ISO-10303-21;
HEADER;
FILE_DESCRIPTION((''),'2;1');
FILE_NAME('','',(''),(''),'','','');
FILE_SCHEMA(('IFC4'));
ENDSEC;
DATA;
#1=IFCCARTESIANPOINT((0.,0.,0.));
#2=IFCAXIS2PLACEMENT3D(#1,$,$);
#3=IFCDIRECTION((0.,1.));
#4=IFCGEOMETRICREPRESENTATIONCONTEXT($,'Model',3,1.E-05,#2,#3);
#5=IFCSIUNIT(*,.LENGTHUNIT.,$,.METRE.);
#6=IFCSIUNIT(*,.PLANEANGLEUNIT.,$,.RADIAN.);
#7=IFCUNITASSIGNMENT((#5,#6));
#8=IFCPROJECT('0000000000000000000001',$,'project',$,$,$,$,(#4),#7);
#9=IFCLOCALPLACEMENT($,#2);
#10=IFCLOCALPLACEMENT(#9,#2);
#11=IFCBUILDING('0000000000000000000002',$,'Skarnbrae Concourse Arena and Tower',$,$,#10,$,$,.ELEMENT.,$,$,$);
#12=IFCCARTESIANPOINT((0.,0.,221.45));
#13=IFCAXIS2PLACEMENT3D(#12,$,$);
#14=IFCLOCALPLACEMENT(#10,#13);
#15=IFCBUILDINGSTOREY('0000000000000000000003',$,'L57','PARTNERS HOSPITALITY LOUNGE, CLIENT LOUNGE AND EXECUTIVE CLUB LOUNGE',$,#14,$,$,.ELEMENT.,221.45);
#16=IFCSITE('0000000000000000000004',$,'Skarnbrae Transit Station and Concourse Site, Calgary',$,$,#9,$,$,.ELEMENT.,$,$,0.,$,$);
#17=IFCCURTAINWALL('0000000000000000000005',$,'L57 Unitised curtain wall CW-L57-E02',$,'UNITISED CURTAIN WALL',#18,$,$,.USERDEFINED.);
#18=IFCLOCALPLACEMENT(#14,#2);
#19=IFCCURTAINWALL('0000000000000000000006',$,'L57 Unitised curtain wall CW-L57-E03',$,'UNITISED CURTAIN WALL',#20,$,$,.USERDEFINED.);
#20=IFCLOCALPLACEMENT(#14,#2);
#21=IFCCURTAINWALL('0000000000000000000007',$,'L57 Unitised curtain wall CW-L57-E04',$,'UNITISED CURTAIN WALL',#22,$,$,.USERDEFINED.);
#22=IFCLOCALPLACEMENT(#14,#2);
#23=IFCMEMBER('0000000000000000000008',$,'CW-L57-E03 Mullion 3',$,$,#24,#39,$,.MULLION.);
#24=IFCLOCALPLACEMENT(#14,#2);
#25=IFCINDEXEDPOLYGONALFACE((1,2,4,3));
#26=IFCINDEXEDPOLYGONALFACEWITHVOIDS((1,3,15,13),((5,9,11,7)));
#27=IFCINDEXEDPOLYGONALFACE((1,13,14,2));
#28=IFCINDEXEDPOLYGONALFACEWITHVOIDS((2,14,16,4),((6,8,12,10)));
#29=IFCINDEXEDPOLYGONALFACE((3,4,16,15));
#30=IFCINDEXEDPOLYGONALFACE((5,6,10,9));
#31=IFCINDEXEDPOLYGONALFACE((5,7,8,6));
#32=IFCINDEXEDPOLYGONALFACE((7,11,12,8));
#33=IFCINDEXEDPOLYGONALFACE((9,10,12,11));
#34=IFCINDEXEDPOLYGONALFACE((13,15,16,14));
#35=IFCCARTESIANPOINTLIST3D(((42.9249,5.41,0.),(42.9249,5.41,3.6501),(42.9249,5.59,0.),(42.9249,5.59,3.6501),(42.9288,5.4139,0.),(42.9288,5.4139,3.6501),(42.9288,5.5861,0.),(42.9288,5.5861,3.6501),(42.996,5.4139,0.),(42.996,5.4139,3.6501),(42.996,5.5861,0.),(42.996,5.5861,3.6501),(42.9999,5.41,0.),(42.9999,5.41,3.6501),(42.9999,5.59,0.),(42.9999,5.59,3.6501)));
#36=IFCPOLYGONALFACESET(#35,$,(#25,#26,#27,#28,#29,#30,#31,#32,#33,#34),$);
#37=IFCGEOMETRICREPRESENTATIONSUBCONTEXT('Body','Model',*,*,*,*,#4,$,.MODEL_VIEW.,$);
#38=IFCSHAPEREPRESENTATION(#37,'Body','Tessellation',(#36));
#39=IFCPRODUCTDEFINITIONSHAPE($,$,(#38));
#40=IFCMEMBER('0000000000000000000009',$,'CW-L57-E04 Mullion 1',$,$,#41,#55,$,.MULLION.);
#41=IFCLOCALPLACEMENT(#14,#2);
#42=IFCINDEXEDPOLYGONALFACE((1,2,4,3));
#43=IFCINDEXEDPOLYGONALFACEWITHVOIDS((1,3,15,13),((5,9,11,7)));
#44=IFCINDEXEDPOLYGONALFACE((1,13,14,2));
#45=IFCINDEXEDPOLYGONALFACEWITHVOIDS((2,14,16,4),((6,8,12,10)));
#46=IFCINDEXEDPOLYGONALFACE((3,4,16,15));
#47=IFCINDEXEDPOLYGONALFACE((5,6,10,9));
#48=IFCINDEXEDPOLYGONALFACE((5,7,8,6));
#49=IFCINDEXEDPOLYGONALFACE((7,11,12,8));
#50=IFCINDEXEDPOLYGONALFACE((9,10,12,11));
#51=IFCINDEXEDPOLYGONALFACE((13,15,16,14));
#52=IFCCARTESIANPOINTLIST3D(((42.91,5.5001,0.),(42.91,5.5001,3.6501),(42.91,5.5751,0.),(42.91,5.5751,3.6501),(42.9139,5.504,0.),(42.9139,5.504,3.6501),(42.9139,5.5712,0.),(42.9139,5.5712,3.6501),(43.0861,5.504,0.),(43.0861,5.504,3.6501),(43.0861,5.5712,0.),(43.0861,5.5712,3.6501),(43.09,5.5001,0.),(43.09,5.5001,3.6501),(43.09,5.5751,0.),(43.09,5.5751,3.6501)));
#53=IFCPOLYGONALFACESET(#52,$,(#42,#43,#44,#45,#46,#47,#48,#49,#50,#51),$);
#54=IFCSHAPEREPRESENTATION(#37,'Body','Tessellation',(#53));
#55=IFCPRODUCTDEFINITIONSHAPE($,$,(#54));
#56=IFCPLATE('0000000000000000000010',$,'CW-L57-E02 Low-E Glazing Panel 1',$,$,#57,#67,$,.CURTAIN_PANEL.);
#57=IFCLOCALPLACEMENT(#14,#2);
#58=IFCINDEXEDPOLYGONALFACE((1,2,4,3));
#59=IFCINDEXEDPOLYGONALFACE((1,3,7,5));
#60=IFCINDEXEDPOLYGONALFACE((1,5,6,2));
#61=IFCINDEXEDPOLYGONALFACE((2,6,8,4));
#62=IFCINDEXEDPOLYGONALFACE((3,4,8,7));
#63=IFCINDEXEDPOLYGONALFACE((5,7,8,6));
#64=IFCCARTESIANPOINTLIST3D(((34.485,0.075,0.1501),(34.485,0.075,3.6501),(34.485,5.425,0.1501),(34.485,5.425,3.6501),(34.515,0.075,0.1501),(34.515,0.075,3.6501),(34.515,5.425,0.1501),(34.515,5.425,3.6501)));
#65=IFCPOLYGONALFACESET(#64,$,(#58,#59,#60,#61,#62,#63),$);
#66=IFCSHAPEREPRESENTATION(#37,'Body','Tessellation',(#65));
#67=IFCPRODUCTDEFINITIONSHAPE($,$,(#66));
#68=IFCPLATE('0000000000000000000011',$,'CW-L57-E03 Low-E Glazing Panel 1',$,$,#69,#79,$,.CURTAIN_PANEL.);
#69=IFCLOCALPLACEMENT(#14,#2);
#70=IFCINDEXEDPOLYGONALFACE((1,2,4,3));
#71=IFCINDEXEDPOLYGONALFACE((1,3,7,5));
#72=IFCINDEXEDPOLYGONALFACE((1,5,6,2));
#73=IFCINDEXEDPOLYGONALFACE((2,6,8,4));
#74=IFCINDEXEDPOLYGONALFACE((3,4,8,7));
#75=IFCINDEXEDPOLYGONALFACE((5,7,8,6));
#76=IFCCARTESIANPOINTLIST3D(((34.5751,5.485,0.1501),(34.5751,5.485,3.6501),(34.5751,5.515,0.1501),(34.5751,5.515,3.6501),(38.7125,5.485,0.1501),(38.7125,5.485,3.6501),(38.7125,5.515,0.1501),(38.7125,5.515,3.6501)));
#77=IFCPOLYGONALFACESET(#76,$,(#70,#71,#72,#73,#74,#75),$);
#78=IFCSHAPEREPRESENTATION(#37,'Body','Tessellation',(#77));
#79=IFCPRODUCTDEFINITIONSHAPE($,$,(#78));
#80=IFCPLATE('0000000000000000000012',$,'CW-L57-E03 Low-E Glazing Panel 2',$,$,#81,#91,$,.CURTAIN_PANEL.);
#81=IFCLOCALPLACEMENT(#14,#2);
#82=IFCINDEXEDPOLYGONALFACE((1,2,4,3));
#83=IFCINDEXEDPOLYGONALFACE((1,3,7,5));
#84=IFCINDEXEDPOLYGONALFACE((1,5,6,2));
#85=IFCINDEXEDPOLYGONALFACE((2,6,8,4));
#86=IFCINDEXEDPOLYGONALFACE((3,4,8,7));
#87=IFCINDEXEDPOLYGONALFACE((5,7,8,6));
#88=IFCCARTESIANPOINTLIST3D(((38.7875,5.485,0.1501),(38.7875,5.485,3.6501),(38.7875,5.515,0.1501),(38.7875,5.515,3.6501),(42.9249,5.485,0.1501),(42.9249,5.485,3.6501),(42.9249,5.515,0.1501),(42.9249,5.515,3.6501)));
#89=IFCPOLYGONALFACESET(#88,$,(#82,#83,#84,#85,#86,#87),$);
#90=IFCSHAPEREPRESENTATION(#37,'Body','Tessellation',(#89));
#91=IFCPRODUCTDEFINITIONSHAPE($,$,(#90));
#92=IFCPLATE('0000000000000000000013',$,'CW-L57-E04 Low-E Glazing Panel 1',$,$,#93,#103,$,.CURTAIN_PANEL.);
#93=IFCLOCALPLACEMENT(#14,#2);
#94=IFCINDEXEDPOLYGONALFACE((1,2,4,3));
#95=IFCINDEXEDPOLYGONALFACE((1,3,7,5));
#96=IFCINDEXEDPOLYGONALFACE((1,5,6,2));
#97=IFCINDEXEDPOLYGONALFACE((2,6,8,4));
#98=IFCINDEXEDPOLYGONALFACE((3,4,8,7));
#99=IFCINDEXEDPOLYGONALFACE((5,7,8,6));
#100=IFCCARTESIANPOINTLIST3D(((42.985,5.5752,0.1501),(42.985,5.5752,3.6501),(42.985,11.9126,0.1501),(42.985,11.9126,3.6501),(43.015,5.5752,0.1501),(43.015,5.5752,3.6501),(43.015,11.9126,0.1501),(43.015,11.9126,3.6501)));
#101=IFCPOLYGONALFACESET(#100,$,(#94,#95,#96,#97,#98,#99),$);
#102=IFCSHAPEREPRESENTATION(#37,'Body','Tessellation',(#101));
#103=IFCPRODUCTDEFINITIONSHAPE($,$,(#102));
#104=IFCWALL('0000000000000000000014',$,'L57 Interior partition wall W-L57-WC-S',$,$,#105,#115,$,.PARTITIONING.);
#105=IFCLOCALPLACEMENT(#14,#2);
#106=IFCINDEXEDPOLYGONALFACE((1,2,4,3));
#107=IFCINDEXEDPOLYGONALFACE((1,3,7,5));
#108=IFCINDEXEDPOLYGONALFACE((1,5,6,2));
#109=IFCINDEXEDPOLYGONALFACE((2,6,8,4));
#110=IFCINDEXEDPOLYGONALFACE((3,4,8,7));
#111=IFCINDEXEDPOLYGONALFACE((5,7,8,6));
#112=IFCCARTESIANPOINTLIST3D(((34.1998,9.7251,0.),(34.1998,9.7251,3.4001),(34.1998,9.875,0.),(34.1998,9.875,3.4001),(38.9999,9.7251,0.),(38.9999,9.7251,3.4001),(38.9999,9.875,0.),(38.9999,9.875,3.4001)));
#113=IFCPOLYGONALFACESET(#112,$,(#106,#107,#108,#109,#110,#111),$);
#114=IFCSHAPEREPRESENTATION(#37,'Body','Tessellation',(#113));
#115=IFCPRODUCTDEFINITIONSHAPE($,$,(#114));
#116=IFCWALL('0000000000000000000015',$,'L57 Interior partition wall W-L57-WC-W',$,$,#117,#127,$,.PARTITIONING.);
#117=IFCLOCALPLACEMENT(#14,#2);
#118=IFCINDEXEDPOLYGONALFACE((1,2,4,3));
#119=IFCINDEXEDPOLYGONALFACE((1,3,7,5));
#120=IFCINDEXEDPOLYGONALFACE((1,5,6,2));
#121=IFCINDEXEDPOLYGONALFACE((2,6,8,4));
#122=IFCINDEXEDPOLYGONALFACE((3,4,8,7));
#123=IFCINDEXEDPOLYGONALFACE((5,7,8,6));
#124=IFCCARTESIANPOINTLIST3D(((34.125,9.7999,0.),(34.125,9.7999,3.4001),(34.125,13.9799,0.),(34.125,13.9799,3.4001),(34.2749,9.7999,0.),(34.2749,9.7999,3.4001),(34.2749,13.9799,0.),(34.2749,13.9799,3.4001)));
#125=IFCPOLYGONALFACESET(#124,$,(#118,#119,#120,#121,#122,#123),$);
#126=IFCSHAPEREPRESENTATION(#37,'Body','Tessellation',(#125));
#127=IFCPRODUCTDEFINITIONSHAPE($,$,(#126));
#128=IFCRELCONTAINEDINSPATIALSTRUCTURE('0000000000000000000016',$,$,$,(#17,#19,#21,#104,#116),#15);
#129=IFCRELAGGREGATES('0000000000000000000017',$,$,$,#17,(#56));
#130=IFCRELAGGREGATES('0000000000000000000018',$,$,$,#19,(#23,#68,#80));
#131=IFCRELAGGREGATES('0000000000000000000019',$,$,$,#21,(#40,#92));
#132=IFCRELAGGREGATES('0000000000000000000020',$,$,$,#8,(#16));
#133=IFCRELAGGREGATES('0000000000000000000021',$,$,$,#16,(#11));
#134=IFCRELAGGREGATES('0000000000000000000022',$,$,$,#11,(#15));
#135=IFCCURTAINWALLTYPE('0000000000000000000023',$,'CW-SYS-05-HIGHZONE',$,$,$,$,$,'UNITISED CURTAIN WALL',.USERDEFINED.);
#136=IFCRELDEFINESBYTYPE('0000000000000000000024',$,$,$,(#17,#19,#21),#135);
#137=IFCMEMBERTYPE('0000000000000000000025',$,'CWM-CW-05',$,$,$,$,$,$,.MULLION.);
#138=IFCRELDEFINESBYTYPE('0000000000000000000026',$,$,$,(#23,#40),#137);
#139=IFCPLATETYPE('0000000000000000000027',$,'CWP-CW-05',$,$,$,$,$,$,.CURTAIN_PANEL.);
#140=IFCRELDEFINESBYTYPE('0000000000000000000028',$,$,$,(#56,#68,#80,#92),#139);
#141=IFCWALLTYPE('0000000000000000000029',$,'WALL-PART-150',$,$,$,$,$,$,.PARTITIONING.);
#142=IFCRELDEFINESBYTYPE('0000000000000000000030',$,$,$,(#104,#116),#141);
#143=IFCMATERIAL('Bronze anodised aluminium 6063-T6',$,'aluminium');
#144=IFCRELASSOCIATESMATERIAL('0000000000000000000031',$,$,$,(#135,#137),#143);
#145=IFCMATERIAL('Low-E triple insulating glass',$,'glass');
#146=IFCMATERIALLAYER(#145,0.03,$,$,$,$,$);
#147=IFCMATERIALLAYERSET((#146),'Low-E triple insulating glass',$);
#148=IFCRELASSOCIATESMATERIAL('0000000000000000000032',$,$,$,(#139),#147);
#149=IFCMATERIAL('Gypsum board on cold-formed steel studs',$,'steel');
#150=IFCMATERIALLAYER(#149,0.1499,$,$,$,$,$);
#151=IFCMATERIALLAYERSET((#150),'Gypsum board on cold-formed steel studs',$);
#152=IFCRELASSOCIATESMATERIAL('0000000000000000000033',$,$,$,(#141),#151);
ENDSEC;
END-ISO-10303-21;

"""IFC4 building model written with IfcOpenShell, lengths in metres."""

from ifc_helpers import new_model, si_unit, direction, frame, frame_2d, origin, origin_2d, place, context, subcontext, project, spatial, rectangle, hollow_rectangle, extrude, source, transform, mapped, material, layer, layer_set, material_profile, profile_set, type_object, element, aggregate, save


model = new_model("IFC4")

# Units and contexts
model_context = context("Model", 3, precision=1e-05, world=origin(), true_north=direction((0.0, 1.0)))
body_context = subcontext(model_context, "Body", "Model", "MODEL_VIEW")
ifc_project = project(units=[si_unit("LENGTHUNIT", "METRE"), si_unit("PLANEANGLEUNIT", "RADIAN")], contexts=[model_context])

# Site, building, storey
site_placement = place(None, origin())
site = spatial("IfcSite", under=ifc_project, at=site_placement, Name="Skarnbrae Transit Station and Concourse Site, Calgary", CompositionType="ELEMENT", RefElevation=0.0)
building_placement = place(site_placement, origin())
building = spatial("IfcBuilding", under=site, at=building_placement, Name="Skarnbrae Concourse Arena and Tower", CompositionType="ELEMENT")
storey_placement = place(building_placement, frame((0.0, 0.0, 221.45)))
storey = spatial("IfcBuildingStorey", under=building, at=storey_placement, Name="L57", Description="PARTNERS HOSPITALITY LOUNGE, CLIENT LOUNGE AND EXECUTIVE CLUB LOUNGE", CompositionType="ELEMENT", Elevation=221.45)

# Curtain wall
ifc_material_1 = material(Name="Bronze anodised aluminium 6063-T6", Category="aluminium")
curtain_wall_type = type_object("IfcCurtainWallType", Name="CW-SYS-05-HIGHZONE", ElementType="UNITISED CURTAIN WALL", PredefinedType="USERDEFINED", material=ifc_material_1)
curtain_wall_1_placement = place(storey_placement, origin())
curtain_wall_1 = element("IfcCurtainWall", 1, at=curtain_wall_1_placement, inside=storey, type_object=curtain_wall_type, Name="L57 Unitised curtain wall CW-L57-E02", ObjectType="UNITISED CURTAIN WALL", PredefinedType="USERDEFINED")

# Curtain wall
curtain_wall_2_placement = place(storey_placement, origin())
curtain_wall_2 = element("IfcCurtainWall", 2, at=curtain_wall_2_placement, inside=storey, type_object=curtain_wall_type, Name="L57 Unitised curtain wall CW-L57-E03", ObjectType="UNITISED CURTAIN WALL", PredefinedType="USERDEFINED")

# Curtain wall
curtain_wall_3_placement = place(storey_placement, origin())
curtain_wall_3 = element("IfcCurtainWall", 3, at=curtain_wall_3_placement, inside=storey, type_object=curtain_wall_type, Name="L57 Unitised curtain wall CW-L57-E04", ObjectType="UNITISED CURTAIN WALL", PredefinedType="USERDEFINED")

# Members
ifc_material_profile_1 = material_profile(ifc_material_1, hollow_rectangle(XDim=0.075, YDim=0.1799, WallThickness=0.0039, at=origin_2d()), Name="ALU-MULL-75X180")
ifc_profile_set_1 = profile_set([ifc_material_profile_1], Name="Bronze anodised aluminium 6063-T6")
member_type_1 = type_object("IfcMemberType", Name="CWM-CW-05", PredefinedType="MULLION", material=ifc_profile_set_1)
shared_shape_1 = source(origin(), body_context, "Body", "SweptSolid", [
    extrude(hollow_rectangle(XDim=0.075, YDim=0.1799, WallThickness=0.0039, at=origin_2d()), origin(), (0.0, 0.0, 1.0), 3.6501),
])
member_1_placement = place(storey_placement, frame((42.9624, 5.5, 0.0), z_axis=(0.0, 0.0, 1.0), x_axis=(1.0, 0.0, 0.0)))
member_1 = element("IfcMember", 4, at=member_1_placement, type_object=member_type_1, Name="CW-L57-E03 Mullion 3", PredefinedType="MULLION", context=body_context, shape_type="MappedRepresentation", body=[
    mapped(shared_shape_1, transform((0.0, 0.0, 0.0))),
])
member_2_placement = place(storey_placement, frame((43.0, 5.5376, 0.0), z_axis=(0.0, 0.0, 1.0), x_axis=(0.0, 1.0, 0.0)))
member_2 = element("IfcMember", 5, at=member_2_placement, type_object=member_type_1, Name="CW-L57-E04 Mullion 1", PredefinedType="MULLION", context=body_context, shape_type="MappedRepresentation", body=[
    mapped(shared_shape_1, transform((0.0, 0.0, 0.0))),
])

# Plates
ifc_material_2 = material(Name="Low-E triple insulating glass", Category="glass")
ifc_layer_1 = layer(ifc_material_2, 0.03)
ifc_layer_set_1 = layer_set([ifc_layer_1], Name="Low-E triple insulating glass")
plate_type = type_object("IfcPlateType", Name="CWP-CW-05", PredefinedType="CURTAIN_PANEL", material=ifc_layer_set_1)
shared_shape_2 = source(origin(), body_context, "Body", "SweptSolid", [
    extrude(rectangle(XDim=5.3501, YDim=0.03, at=origin_2d()), origin(), (0.0, 0.0, 1.0), 3.5),
])
plate_1_placement = place(storey_placement, frame((34.5, 2.75, 0.1501), z_axis=(0.0, 0.0, 1.0), x_axis=(0.0, 1.0, 0.0)))
plate_1 = element("IfcPlate", 6, at=plate_1_placement, type_object=plate_type, Name="CW-L57-E02 Low-E Glazing Panel 1", PredefinedType="CURTAIN_PANEL", context=body_context, shape_type="MappedRepresentation", body=[
    mapped(shared_shape_2, transform((0.0, 0.0, 0.0))),
])
aggregate(curtain_wall_1, [plate_1])
shared_shape_3 = source(origin(), body_context, "Body", "SweptSolid", [
    extrude(rectangle(XDim=4.1375, YDim=0.03, at=origin_2d()), origin(), (0.0, 0.0, 1.0), 3.5),
])
plate_2_placement = place(storey_placement, frame((36.6438, 5.5, 0.1501), z_axis=(0.0, 0.0, 1.0), x_axis=(1.0, 0.0, 0.0)))
plate_2 = element("IfcPlate", 7, at=plate_2_placement, type_object=plate_type, Name="CW-L57-E03 Low-E Glazing Panel 1", PredefinedType="CURTAIN_PANEL", context=body_context, shape_type="MappedRepresentation", body=[
    mapped(shared_shape_3, transform((0.0, 0.0, 0.0))),
])
plate_3_placement = place(storey_placement, frame((40.8562, 5.5, 0.1501), z_axis=(0.0, 0.0, 1.0), x_axis=(1.0, 0.0, 0.0)))
plate_3 = element("IfcPlate", 8, at=plate_3_placement, type_object=plate_type, Name="CW-L57-E03 Low-E Glazing Panel 2", PredefinedType="CURTAIN_PANEL", context=body_context, shape_type="MappedRepresentation", body=[
    mapped(shared_shape_3, transform((0.0, 0.0, 0.0))),
])
aggregate(curtain_wall_2, [member_1, plate_2, plate_3])
shared_shape_4 = source(origin(), body_context, "Body", "SweptSolid", [
    extrude(rectangle(XDim=6.3374, YDim=0.03, at=origin_2d()), origin(), (0.0, 0.0, 1.0), 3.5),
])
plate_4_placement = place(storey_placement, frame((43.0, 8.7439, 0.1501), z_axis=(0.0, 0.0, 1.0), x_axis=(0.0, 1.0, 0.0)))
plate_4 = element("IfcPlate", 9, at=plate_4_placement, type_object=plate_type, Name="CW-L57-E04 Low-E Glazing Panel 1", PredefinedType="CURTAIN_PANEL", context=body_context, shape_type="MappedRepresentation", body=[
    mapped(shared_shape_4, transform((0.0, 0.0, 0.0))),
])
aggregate(curtain_wall_3, [member_2, plate_4])

# Walls
ifc_material_3 = material(Name="Gypsum board on cold-formed steel studs", Category="steel")
ifc_layer_2 = layer(ifc_material_3, 0.1499)
ifc_layer_set_2 = layer_set([ifc_layer_2], Name="Gypsum board on cold-formed steel studs")
wall_type = type_object("IfcWallType", Name="WALL-PART-150", PredefinedType="PARTITIONING", material=ifc_layer_set_2)
shared_shape_5 = source(origin(), body_context, "Body", "SweptSolid", [
    extrude(rectangle(XDim=4.8, YDim=0.1499, at=frame_2d((2.3999, 0.0))), origin(), (0.0, 0.0, 1.0), 3.4001),
])
wall_1_placement = place(storey_placement, frame((34.2, 9.8, 0.0), z_axis=(0.0, 0.0, 1.0), x_axis=(1.0, 0.0, 0.0)))
element("IfcWall", 10, at=wall_1_placement, inside=storey, type_object=wall_type, Name="L57 Interior partition wall W-L57-WC-S", PredefinedType="PARTITIONING", context=body_context, shape_type="MappedRepresentation", body=[
    mapped(shared_shape_5, transform((0.0, 0.0, 0.0))),
])
shared_shape_6 = source(origin(), body_context, "Body", "SweptSolid", [
    extrude(rectangle(XDim=4.1799, YDim=0.1499, at=frame_2d((2.0898, 0.0))), origin(), (0.0, 0.0, 1.0), 3.4001),
])
wall_2_placement = place(storey_placement, frame((34.2, 9.8, 0.0), z_axis=(0.0, 0.0, 1.0), x_axis=(0.0, 1.0, 0.0)))
element("IfcWall", 11, at=wall_2_placement, inside=storey, type_object=wall_type, Name="L57 Interior partition wall W-L57-WC-W", PredefinedType="PARTITIONING", context=body_context, shape_type="MappedRepresentation", body=[
    mapped(shared_shape_6, transform((0.0, 0.0, 0.0))),
])

save(model, "model.ifc")
